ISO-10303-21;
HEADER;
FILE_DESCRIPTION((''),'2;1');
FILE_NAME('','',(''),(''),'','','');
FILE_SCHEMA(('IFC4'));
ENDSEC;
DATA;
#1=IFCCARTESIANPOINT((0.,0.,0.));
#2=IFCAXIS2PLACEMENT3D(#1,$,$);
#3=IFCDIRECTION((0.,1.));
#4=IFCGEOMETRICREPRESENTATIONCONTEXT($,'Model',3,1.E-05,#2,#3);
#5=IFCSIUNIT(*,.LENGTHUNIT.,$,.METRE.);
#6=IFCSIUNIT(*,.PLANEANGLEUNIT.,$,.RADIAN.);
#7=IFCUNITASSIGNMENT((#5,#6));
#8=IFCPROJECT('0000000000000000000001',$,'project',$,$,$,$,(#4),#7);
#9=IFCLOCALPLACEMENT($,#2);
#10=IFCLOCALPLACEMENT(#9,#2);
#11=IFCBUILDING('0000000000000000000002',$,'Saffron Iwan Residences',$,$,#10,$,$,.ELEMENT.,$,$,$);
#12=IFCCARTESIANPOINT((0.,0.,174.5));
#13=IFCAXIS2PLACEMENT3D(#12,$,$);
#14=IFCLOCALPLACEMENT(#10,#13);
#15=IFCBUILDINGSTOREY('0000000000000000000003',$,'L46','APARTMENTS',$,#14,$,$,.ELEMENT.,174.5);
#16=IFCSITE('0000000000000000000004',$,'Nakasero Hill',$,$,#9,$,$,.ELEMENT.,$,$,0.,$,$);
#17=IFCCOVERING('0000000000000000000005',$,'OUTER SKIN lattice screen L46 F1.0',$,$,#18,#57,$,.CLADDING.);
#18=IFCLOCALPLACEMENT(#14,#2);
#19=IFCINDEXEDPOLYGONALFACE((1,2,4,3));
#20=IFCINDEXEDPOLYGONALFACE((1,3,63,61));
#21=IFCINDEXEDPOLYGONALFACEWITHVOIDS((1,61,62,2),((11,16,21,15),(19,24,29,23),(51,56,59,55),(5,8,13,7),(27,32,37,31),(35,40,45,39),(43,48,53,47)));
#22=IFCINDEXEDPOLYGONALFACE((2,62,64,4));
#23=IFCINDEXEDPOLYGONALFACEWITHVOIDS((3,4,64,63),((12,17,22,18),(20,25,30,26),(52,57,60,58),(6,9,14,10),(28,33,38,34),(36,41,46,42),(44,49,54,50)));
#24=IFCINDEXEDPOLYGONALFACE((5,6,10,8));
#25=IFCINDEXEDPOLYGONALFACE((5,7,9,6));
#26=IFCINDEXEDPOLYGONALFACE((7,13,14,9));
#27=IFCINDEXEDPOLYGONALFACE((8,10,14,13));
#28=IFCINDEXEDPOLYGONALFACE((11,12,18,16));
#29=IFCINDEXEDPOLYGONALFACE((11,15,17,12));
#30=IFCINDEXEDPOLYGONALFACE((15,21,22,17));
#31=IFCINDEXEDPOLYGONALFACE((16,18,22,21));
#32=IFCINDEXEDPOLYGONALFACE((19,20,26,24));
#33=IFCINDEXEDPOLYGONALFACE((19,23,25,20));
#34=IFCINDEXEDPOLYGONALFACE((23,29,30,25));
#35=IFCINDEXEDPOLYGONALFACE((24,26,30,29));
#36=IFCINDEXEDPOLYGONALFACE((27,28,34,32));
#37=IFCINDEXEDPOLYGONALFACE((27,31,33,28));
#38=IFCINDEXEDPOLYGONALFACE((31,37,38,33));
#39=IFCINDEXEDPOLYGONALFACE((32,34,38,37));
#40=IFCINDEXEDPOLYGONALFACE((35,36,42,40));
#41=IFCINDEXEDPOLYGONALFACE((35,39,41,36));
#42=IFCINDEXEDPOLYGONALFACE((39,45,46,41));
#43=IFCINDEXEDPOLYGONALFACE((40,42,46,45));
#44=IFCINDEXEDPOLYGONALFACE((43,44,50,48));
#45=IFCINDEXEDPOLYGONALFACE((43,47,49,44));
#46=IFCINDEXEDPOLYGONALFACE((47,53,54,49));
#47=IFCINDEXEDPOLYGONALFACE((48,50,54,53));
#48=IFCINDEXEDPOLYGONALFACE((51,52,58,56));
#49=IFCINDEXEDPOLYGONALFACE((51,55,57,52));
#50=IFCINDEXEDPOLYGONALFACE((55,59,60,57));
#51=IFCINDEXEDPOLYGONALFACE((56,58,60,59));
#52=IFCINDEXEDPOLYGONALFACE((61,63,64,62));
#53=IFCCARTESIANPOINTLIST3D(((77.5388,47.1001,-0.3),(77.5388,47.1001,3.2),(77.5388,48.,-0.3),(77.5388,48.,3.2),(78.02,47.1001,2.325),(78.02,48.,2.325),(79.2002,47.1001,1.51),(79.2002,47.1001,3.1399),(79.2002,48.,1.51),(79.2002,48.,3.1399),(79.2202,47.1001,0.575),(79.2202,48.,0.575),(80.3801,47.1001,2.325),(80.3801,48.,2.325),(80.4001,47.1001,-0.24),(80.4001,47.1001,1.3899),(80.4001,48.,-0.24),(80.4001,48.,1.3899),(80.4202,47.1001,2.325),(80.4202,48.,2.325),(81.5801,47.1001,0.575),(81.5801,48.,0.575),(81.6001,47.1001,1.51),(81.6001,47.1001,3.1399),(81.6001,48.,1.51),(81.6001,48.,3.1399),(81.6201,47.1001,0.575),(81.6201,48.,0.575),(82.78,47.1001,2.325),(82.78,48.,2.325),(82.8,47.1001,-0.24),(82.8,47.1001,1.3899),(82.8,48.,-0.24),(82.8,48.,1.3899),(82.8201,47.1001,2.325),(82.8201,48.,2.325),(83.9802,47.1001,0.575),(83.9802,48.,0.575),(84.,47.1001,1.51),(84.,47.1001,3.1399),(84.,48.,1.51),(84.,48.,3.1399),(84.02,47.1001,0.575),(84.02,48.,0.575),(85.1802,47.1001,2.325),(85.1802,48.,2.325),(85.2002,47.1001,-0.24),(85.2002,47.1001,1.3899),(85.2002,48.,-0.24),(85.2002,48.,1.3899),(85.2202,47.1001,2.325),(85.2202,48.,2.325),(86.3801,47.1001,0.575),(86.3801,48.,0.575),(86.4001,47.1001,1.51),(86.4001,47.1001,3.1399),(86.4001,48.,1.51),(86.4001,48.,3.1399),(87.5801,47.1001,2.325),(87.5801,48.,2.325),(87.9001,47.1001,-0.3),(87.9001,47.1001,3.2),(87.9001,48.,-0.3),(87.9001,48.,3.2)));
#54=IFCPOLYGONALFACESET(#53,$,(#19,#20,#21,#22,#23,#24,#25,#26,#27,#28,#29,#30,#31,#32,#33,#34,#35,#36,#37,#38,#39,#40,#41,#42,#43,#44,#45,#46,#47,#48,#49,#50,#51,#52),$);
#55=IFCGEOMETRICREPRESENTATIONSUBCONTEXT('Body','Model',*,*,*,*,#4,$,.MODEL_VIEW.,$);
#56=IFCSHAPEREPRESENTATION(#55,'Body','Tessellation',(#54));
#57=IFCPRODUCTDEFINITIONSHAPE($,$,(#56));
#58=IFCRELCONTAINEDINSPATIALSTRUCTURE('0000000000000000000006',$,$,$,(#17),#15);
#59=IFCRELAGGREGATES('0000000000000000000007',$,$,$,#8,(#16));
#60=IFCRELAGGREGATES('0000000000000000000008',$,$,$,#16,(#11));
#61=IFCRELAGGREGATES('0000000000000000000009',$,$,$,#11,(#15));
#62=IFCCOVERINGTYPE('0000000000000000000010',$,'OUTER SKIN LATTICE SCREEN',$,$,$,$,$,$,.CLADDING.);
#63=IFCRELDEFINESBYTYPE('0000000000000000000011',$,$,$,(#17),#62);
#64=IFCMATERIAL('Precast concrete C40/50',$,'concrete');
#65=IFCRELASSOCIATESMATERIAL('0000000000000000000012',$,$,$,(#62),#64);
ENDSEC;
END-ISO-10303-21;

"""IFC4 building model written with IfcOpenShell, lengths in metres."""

from ifc_helpers import new_model, si_unit, direction, frame, origin, place, context, subcontext, project, spatial, polyline, outline, extrude, material, type_object, element, save


model = new_model("IFC4")

# Units and contexts
model_context = context("Model", 3, precision=1e-05, world=origin(), true_north=direction((0.0, 1.0)))
body_context = subcontext(model_context, "Body", "Model", "MODEL_VIEW")
ifc_project = project(units=[si_unit("LENGTHUNIT", "METRE"), si_unit("PLANEANGLEUNIT", "RADIAN")], contexts=[model_context])

# Site, building, storey
site_placement = place(None, origin())
site = spatial("IfcSite", under=ifc_project, at=site_placement, Name="Nakasero Hill", CompositionType="ELEMENT", RefElevation=0.0)
building_placement = place(site_placement, origin())
building = spatial("IfcBuilding", under=site, at=building_placement, Name="Saffron Iwan Residences", CompositionType="ELEMENT")
storey_placement = place(building_placement, frame((0.0, 0.0, 174.5)))
storey = spatial("IfcBuildingStorey", under=building, at=storey_placement, Name="L46", Description="APARTMENTS", CompositionType="ELEMENT", Elevation=174.5)

# Covering
ifc_material_1 = material(Name="Precast concrete C40/50", Category="concrete")
covering_type = type_object("IfcCoveringType", Name="OUTER SKIN LATTICE SCREEN", PredefinedType="CLADDING", material=ifc_material_1)
covering_placement = place(storey_placement, frame((77.5388, 48.0, -0.3), z_axis=(0.0, -1.0, 0.0), x_axis=(1.0, 0.0, 0.0)))
element("IfcCovering", 1, at=covering_placement, inside=storey, type_object=covering_type, Name="OUTER SKIN lattice screen L46 F1.0", PredefinedType="CLADDING", context=body_context, shape_type="SweptSolid", body=[
    extrude(outline(polyline([(0.0, 0.0), (10.3613, 0.0), (10.3613, 3.5), (0.0, 3.5), (0.0, 0.0)]), holes=[polyline([(1.6814, 0.875), (2.8613, 0.0601), (4.0413, 0.875), (2.8613, 1.6899), (1.6814, 0.875)]), polyline([(4.0813, 0.875), (5.2612, 0.0601), (6.4414, 0.875), (5.2612, 1.6899), (4.0813, 0.875)]), polyline([(6.4812, 0.875), (7.6614, 0.0601), (8.8413, 0.875), (7.6614, 1.6899), (6.4812, 0.875)]), polyline([(0.4812, 2.625), (1.6614, 1.8101), (2.8413, 2.625), (1.6614, 3.4399), (0.4812, 2.625)]), polyline([(2.8813, 2.625), (4.0613, 1.8101), (5.2412, 2.625), (4.0613, 3.4399), (2.8813, 2.625)]), polyline([(5.2812, 2.625), (6.4612, 1.8101), (7.6414, 2.625), (6.4612, 3.4399), (5.2812, 2.625)]), polyline([(7.6814, 2.625), (8.8613, 1.8101), (10.0413, 2.625), (8.8613, 3.4399), (7.6814, 2.625)])]), origin(), (0.0, 0.0, 1.0), 0.8999),
])

save(model, "model.ifc")
